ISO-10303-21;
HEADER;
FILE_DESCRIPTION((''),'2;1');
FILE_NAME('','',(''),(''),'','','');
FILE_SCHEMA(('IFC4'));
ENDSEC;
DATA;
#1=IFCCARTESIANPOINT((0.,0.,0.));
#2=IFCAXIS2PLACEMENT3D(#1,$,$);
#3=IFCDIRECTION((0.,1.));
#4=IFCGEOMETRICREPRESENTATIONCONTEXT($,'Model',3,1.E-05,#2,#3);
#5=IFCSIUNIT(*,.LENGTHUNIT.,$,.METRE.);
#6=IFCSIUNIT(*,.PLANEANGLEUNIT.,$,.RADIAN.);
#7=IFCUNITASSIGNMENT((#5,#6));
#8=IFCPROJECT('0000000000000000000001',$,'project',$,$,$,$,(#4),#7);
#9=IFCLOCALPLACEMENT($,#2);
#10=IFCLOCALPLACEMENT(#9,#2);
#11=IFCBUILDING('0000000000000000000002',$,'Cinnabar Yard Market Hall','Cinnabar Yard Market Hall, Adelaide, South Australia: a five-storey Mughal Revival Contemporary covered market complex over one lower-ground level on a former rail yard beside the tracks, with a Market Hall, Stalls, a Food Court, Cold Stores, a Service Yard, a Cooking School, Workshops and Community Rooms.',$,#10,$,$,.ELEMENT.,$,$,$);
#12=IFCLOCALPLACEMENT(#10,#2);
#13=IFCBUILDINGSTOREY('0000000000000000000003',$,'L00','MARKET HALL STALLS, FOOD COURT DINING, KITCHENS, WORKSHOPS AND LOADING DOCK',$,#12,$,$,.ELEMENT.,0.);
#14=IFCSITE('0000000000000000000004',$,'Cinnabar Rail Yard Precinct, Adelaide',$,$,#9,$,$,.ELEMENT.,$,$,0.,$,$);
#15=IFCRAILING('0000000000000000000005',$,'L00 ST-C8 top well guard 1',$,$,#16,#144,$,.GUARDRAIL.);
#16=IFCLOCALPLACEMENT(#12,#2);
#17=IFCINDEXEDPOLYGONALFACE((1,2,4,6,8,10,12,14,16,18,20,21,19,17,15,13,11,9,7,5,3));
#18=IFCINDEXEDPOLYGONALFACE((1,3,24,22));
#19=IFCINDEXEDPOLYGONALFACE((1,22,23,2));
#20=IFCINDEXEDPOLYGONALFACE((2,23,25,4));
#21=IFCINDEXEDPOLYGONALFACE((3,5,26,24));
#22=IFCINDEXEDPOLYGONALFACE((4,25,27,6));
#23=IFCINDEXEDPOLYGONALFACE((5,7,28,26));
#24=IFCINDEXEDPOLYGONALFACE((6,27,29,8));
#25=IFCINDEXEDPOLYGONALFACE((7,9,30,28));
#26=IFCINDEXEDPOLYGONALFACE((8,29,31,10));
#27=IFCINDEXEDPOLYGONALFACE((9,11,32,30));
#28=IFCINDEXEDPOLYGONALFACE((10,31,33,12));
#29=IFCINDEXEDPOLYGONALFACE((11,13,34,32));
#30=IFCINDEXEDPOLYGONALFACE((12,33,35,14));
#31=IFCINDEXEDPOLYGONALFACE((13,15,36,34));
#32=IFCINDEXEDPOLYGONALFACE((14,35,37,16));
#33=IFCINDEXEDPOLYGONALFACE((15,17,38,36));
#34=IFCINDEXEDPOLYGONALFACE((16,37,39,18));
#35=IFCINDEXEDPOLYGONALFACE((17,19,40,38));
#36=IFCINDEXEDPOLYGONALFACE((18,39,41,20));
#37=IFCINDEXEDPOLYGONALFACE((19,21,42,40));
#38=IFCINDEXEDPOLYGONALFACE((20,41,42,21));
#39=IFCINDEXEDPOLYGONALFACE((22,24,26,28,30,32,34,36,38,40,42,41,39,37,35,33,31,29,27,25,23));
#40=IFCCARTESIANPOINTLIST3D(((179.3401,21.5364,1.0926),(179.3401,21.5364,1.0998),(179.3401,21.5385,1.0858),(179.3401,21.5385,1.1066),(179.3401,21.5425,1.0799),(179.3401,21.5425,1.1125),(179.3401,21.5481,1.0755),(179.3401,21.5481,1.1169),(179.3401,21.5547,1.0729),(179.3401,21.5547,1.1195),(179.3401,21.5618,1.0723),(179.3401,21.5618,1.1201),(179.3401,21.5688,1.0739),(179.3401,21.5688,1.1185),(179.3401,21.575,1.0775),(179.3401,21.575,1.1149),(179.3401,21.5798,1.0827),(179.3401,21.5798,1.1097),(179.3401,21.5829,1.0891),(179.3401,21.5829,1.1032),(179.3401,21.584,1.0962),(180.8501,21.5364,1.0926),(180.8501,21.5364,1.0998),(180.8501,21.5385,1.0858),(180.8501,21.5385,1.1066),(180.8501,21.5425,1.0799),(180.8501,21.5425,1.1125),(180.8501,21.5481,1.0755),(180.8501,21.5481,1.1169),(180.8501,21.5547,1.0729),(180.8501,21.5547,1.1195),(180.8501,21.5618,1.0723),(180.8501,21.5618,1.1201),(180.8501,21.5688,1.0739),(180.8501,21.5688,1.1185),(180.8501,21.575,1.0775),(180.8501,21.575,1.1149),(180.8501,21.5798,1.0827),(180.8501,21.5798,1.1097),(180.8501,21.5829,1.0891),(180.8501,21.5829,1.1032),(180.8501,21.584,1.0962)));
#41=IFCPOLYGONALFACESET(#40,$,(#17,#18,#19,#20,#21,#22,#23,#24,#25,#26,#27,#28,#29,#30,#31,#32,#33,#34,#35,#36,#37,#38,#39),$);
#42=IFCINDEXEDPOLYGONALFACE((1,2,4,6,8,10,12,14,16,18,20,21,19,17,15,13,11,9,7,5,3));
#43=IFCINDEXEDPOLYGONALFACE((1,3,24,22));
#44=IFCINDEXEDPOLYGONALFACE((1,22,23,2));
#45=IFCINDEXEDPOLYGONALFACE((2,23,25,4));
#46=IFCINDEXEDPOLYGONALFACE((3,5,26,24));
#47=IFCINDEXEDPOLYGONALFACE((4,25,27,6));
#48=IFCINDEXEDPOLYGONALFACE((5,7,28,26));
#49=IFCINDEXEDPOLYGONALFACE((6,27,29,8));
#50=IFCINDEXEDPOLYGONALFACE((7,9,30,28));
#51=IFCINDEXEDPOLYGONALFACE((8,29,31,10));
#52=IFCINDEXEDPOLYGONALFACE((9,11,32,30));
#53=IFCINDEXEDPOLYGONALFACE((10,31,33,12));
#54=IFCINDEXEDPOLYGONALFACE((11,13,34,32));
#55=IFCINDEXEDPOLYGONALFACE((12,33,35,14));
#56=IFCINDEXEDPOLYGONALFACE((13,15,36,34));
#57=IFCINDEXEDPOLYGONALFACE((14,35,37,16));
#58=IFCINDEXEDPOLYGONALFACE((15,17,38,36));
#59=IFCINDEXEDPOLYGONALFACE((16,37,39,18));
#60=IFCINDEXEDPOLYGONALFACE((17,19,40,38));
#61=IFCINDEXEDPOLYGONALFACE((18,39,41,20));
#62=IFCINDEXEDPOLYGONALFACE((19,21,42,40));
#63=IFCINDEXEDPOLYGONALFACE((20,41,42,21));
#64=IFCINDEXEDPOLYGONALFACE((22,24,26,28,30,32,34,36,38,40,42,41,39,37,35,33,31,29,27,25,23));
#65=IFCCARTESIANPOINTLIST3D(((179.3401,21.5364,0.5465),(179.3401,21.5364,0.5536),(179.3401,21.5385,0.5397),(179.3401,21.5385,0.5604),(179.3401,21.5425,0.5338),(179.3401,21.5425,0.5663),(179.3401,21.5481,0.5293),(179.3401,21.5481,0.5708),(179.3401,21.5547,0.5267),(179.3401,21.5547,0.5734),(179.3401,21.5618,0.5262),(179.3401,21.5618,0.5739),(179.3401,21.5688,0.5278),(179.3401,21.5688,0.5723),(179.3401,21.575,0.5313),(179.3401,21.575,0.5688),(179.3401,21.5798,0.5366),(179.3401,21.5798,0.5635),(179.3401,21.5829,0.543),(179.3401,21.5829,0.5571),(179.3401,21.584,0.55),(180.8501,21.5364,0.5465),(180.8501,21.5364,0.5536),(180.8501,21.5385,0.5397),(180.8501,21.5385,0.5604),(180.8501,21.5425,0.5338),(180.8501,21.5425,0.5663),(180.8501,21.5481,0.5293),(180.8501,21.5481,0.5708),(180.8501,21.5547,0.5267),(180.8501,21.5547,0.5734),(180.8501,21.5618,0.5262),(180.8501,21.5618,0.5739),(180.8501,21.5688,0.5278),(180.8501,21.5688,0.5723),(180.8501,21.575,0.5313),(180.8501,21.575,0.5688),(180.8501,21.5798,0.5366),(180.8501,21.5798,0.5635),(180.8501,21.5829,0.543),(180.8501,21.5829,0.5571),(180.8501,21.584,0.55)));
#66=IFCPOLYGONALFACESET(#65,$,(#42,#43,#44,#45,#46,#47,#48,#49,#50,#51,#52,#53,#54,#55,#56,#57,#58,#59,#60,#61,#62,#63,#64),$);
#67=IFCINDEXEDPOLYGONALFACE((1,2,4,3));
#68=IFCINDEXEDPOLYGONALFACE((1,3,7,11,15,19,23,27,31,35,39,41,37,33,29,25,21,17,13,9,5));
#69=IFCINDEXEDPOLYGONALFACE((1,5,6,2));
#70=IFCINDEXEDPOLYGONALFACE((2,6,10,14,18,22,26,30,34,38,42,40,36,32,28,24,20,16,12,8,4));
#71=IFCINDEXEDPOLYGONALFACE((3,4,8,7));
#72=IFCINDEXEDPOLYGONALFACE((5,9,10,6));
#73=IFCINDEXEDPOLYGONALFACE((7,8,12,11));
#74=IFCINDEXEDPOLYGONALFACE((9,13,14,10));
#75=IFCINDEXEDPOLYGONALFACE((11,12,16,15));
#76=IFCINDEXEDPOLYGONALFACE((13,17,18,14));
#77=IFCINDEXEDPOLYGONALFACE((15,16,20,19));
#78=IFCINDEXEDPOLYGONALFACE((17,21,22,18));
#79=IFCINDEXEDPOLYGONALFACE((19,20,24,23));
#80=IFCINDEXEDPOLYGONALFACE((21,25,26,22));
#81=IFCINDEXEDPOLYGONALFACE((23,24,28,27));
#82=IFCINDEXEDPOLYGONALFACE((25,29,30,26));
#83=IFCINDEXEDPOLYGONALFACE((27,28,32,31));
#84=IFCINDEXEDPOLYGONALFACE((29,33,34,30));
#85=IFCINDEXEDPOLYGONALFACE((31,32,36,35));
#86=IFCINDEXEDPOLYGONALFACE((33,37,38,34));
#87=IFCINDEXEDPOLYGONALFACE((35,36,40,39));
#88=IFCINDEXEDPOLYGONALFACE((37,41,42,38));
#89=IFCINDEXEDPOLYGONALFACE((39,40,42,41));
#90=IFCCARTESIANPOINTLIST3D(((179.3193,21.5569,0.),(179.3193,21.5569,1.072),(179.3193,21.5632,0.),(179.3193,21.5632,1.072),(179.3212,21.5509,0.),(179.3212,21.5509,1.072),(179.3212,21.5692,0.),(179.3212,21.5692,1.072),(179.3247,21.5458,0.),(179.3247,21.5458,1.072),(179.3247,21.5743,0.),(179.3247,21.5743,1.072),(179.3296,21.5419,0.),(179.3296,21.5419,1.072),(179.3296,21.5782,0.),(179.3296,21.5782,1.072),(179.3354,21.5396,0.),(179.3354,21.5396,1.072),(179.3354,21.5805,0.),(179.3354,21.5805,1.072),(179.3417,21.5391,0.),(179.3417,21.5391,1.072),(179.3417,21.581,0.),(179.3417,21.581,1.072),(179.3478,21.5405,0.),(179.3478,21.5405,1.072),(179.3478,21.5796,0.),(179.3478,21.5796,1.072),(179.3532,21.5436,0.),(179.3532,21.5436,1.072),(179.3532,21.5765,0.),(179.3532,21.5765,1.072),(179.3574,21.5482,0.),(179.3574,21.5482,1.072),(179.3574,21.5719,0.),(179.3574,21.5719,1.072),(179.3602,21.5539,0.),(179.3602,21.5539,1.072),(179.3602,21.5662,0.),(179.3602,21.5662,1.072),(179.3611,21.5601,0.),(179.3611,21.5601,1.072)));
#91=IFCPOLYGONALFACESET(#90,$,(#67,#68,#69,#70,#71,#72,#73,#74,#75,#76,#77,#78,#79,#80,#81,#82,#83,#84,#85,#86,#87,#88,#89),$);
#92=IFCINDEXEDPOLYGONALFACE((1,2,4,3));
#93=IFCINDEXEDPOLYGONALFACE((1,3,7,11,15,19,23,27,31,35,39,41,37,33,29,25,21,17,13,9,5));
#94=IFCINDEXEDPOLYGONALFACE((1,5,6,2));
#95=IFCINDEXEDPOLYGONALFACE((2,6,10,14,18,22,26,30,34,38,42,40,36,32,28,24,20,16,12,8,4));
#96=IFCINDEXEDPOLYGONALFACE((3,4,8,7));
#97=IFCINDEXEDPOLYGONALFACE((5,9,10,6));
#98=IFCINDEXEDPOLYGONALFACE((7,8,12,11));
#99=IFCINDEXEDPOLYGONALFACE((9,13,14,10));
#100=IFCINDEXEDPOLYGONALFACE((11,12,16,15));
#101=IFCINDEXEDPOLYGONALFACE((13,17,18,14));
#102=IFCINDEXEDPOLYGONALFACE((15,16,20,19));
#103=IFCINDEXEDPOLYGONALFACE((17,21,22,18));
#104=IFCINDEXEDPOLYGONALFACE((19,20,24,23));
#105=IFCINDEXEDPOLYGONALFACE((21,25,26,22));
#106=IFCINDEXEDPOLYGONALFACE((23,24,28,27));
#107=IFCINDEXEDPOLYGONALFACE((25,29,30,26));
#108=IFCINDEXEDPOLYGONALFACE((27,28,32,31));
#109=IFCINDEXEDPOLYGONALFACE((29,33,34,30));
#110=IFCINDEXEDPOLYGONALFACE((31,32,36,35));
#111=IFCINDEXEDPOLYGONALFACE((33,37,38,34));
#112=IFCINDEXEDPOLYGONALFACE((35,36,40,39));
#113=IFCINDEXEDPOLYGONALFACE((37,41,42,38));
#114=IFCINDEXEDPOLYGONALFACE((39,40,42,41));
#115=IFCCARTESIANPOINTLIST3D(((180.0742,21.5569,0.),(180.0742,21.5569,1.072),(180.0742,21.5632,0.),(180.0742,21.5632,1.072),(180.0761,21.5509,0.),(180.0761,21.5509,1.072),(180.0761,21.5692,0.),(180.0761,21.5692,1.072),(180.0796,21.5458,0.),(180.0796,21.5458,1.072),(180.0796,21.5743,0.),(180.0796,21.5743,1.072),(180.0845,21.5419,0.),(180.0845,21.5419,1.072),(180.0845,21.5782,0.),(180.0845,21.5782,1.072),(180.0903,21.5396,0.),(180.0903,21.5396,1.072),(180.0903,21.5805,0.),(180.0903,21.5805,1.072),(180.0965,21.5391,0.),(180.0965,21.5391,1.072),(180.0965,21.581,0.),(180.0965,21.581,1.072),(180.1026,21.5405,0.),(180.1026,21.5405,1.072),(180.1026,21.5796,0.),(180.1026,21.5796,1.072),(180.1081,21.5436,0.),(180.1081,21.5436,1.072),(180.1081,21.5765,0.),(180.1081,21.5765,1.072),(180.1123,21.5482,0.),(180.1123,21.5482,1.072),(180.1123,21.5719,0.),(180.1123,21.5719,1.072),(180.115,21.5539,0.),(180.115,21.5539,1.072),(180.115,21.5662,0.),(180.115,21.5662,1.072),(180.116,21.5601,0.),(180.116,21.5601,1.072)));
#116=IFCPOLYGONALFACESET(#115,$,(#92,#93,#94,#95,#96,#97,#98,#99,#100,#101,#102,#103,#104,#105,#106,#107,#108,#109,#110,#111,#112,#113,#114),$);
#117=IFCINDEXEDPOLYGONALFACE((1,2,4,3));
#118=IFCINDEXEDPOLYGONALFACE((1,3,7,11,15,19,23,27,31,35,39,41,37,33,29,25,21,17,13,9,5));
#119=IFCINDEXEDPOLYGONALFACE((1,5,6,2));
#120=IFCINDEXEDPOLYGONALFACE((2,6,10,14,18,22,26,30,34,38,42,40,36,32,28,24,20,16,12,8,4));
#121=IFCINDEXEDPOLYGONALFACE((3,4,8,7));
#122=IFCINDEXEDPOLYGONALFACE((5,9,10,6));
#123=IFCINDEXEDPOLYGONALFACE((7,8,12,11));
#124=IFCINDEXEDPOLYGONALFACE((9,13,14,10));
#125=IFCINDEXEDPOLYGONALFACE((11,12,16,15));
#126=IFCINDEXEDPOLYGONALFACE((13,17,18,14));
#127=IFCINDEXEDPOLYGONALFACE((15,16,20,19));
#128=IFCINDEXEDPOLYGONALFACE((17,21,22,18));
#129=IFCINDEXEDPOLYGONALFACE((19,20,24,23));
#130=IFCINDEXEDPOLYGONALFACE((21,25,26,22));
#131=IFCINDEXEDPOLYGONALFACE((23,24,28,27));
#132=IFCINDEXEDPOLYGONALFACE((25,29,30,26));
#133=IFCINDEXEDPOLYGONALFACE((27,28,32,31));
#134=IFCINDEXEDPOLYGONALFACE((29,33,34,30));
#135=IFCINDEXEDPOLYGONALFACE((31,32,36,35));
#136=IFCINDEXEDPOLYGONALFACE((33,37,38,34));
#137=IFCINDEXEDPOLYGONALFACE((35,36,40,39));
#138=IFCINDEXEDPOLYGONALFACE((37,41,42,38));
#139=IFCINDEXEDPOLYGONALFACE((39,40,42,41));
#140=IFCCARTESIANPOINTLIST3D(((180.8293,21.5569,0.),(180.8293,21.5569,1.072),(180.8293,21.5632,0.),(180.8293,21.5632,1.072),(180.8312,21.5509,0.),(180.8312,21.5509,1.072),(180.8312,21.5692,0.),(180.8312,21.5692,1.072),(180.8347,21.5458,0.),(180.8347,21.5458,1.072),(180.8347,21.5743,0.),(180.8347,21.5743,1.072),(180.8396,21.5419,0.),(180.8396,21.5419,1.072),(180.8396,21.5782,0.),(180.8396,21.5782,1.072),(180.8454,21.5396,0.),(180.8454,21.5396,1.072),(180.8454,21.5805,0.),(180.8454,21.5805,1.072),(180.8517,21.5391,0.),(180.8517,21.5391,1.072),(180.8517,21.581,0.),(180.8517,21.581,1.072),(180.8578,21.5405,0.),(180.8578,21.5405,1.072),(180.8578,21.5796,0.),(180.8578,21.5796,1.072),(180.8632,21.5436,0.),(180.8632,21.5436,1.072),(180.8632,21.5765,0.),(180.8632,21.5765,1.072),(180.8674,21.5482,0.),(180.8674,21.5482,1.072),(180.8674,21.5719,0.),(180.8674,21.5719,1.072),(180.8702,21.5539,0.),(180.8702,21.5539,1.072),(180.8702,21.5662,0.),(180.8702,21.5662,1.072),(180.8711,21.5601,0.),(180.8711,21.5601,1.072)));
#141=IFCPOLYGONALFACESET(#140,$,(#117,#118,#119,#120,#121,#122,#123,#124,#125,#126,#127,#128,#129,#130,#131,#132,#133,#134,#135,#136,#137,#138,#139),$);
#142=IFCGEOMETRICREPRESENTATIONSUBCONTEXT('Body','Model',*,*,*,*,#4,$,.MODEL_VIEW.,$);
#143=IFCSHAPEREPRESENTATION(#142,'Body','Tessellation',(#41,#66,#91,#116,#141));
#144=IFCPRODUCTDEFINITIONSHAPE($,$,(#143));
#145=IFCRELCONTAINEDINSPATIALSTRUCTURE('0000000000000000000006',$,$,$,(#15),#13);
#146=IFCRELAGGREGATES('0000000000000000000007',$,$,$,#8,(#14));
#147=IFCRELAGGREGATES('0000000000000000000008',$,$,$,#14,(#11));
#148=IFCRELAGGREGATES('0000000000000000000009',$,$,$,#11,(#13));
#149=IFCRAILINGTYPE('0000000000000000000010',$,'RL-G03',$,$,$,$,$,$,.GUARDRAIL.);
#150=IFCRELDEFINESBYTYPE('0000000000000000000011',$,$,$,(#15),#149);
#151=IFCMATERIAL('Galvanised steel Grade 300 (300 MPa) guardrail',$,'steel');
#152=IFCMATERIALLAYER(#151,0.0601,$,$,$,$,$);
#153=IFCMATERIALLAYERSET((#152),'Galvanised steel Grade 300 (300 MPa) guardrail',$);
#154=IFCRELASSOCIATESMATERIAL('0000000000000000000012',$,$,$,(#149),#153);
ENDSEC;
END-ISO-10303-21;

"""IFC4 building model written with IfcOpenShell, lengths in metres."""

from ifc_helpers import new_model, si_unit, direction, frame, origin, origin_2d_with_axis, place, context, subcontext, project, spatial, circle, extrude, material, layer, layer_set, type_object, element, save


model = new_model("IFC4")

# Units and contexts
model_context = context("Model", 3, precision=1e-05, world=origin(), true_north=direction((0.0, 1.0)))
body_context = subcontext(model_context, "Body", "Model", "MODEL_VIEW")
ifc_project = project(units=[si_unit("LENGTHUNIT", "METRE"), si_unit("PLANEANGLEUNIT", "RADIAN")], contexts=[model_context])

# Site, building, storey
site_placement = place(None, origin())
site = spatial("IfcSite", under=ifc_project, at=site_placement, Name="Cinnabar Rail Yard Precinct, Adelaide", CompositionType="ELEMENT", RefElevation=0.0)
building_placement = place(site_placement, origin())
building = spatial("IfcBuilding", under=site, at=building_placement, Name="Cinnabar Yard Market Hall", Description="Cinnabar Yard Market Hall, Adelaide, South Australia: a five-storey Mughal Revival Contemporary covered market complex over one lower-ground level on a former rail yard beside the tracks, with a Market Hall, Stalls, a Food Court, Cold Stores, a Service Yard, a Cooking School, Workshops and Community Rooms.", CompositionType="ELEMENT")
storey_placement = place(building_placement, origin())
storey = spatial("IfcBuildingStorey", under=building, at=storey_placement, Name="L00", Description="MARKET HALL STALLS, FOOD COURT DINING, KITCHENS, WORKSHOPS AND LOADING DOCK", CompositionType="ELEMENT", Elevation=0.0)

# Railing
ifc_material_1 = material(Name="Galvanised steel Grade 300 (300 MPa) guardrail", Category="steel")
ifc_layer_1 = layer(ifc_material_1, 0.0601)
ifc_layer_set_1 = layer_set([ifc_layer_1], Name="Galvanised steel Grade 300 (300 MPa) guardrail")
railing_type_1 = type_object("IfcRailingType", Name="RL-G03", PredefinedType="GUARDRAIL", material=ifc_layer_set_1)
railing_placement = place(storey_placement, frame((179.3401, 21.5601, 0.0)))
element("IfcRailing", 1, at=railing_placement, inside=storey, type_object=railing_type_1, Name="L00 ST-C8 top well guard 1", PredefinedType="GUARDRAIL", context=body_context, shape_type="SweptSolid", body=[
    extrude(circle(Radius=0.0239, at=origin_2d_with_axis()), frame((0.0, 0.0, 1.0962), z_axis=(1.0, 0.0, 0.0), x_axis=(0.0, 1.0, 0.0)), (0.0, 0.0, 1.0), 1.51),
    extrude(circle(Radius=0.0239, at=origin_2d_with_axis()), frame((0.0, 0.0, 0.55), z_axis=(1.0, 0.0, 0.0), x_axis=(0.0, 1.0, 0.0)), (0.0, 0.0, 1.0), 1.51),
    extrude(circle(Radius=0.021, at=origin_2d_with_axis()), origin(), (0.0, 0.0, 1.0), 1.072),
    extrude(circle(Radius=0.021, at=origin_2d_with_axis()), frame((0.7549, 0.0, 0.0)), (0.0, 0.0, 1.0), 1.072),
    extrude(circle(Radius=0.021, at=origin_2d_with_axis()), frame((1.51, 0.0, 0.0)), (0.0, 0.0, 1.0), 1.072),
])

save(model, "model.ifc")
